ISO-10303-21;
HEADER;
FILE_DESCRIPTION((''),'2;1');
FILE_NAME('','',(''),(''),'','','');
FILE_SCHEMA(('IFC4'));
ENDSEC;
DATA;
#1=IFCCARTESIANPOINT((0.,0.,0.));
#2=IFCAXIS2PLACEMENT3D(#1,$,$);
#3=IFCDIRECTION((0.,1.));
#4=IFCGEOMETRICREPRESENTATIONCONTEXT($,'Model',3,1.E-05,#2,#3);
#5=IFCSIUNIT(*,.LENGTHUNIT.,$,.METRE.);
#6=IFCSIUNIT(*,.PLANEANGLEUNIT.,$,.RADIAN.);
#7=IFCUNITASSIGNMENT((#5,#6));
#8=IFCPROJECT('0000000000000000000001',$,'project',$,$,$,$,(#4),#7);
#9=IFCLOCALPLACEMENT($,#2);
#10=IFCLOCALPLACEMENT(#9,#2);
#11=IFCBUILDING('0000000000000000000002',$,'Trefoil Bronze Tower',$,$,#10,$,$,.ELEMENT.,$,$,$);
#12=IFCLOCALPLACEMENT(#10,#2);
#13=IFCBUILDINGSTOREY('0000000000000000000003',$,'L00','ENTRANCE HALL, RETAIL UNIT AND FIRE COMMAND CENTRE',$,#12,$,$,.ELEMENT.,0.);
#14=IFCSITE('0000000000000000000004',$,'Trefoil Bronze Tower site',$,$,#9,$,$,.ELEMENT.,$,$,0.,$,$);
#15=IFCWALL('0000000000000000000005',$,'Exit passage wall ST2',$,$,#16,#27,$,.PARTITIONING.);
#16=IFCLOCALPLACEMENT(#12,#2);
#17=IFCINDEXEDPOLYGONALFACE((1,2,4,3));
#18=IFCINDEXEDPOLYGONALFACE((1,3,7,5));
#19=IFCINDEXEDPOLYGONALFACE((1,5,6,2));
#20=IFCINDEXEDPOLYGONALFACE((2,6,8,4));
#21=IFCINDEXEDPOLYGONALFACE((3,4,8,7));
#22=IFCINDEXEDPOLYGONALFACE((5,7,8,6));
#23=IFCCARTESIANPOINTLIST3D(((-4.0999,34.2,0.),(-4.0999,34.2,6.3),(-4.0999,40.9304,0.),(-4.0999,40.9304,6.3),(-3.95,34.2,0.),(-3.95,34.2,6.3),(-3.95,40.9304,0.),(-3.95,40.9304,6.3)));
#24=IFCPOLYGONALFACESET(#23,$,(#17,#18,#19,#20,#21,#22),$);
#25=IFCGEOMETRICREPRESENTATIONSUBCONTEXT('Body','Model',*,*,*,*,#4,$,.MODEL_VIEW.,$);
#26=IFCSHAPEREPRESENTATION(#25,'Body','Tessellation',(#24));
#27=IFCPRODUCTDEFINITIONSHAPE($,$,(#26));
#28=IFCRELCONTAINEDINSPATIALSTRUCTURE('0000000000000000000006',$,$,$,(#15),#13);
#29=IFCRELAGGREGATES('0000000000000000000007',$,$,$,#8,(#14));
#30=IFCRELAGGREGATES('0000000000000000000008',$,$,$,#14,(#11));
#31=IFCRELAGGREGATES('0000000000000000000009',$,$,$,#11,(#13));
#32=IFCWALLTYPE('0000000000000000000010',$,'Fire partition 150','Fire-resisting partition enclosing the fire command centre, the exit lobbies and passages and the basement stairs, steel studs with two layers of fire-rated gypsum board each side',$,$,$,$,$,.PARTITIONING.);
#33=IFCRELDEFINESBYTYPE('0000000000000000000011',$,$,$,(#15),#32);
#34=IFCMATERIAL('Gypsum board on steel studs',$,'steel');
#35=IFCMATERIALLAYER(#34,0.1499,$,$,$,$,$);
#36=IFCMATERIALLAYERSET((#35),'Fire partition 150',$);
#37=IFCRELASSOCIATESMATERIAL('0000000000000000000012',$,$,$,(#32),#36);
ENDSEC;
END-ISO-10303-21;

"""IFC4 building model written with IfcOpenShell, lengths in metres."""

from ifc_helpers import new_model, si_unit, direction, frame, frame_2d, origin, place, context, subcontext, project, spatial, rectangle, extrude, material, layer, layer_set, type_object, element, save


model = new_model("IFC4")

# Units and contexts
model_context = context("Model", 3, precision=1e-05, world=origin(), true_north=direction((0.0, 1.0)))
body_context = subcontext(model_context, "Body", "Model", "MODEL_VIEW")
ifc_project = project(units=[si_unit("LENGTHUNIT", "METRE"), si_unit("PLANEANGLEUNIT", "RADIAN")], contexts=[model_context])

# Site, building, storey
site_placement = place(None, origin())
site = spatial("IfcSite", under=ifc_project, at=site_placement, Name="Trefoil Bronze Tower site", CompositionType="ELEMENT", RefElevation=0.0)
building_placement = place(site_placement, origin())
building = spatial("IfcBuilding", under=site, at=building_placement, Name="Trefoil Bronze Tower", CompositionType="ELEMENT")
storey_placement = place(building_placement, origin())
storey = spatial("IfcBuildingStorey", under=building, at=storey_placement, Name="L00", Description="ENTRANCE HALL, RETAIL UNIT AND FIRE COMMAND CENTRE", CompositionType="ELEMENT", Elevation=0.0)

# Wall
ifc_material_1 = material(Name="Gypsum board on steel studs", Category="steel")
ifc_layer_1 = layer(ifc_material_1, 0.1499)
ifc_layer_set_1 = layer_set([ifc_layer_1], Name="Fire partition 150")
wall_type_1 = type_object("IfcWallType", Name="Fire partition 150", Description="Fire-resisting partition enclosing the fire command centre, the exit lobbies and passages and the basement stairs, steel studs with two layers of fire-rated gypsum board each side", PredefinedType="PARTITIONING", material=ifc_layer_set_1)
wall_1_placement = place(storey_placement, frame((-4.0249, 34.2, 0.0), z_axis=(0.0, 0.0, 1.0), x_axis=(0.0, 1.0, 0.0)))
element("IfcWall", 1, at=wall_1_placement, inside=storey, type_object=wall_type_1, Name="Exit passage wall ST2", PredefinedType="PARTITIONING", context=body_context, shape_type="SweptSolid", body=[
    extrude(rectangle(XDim=6.7305, YDim=0.1499, at=frame_2d((3.3652, 0.0))), origin(), (0.0, 0.0, 1.0), 6.3),
])

save(model, "model.ifc")
